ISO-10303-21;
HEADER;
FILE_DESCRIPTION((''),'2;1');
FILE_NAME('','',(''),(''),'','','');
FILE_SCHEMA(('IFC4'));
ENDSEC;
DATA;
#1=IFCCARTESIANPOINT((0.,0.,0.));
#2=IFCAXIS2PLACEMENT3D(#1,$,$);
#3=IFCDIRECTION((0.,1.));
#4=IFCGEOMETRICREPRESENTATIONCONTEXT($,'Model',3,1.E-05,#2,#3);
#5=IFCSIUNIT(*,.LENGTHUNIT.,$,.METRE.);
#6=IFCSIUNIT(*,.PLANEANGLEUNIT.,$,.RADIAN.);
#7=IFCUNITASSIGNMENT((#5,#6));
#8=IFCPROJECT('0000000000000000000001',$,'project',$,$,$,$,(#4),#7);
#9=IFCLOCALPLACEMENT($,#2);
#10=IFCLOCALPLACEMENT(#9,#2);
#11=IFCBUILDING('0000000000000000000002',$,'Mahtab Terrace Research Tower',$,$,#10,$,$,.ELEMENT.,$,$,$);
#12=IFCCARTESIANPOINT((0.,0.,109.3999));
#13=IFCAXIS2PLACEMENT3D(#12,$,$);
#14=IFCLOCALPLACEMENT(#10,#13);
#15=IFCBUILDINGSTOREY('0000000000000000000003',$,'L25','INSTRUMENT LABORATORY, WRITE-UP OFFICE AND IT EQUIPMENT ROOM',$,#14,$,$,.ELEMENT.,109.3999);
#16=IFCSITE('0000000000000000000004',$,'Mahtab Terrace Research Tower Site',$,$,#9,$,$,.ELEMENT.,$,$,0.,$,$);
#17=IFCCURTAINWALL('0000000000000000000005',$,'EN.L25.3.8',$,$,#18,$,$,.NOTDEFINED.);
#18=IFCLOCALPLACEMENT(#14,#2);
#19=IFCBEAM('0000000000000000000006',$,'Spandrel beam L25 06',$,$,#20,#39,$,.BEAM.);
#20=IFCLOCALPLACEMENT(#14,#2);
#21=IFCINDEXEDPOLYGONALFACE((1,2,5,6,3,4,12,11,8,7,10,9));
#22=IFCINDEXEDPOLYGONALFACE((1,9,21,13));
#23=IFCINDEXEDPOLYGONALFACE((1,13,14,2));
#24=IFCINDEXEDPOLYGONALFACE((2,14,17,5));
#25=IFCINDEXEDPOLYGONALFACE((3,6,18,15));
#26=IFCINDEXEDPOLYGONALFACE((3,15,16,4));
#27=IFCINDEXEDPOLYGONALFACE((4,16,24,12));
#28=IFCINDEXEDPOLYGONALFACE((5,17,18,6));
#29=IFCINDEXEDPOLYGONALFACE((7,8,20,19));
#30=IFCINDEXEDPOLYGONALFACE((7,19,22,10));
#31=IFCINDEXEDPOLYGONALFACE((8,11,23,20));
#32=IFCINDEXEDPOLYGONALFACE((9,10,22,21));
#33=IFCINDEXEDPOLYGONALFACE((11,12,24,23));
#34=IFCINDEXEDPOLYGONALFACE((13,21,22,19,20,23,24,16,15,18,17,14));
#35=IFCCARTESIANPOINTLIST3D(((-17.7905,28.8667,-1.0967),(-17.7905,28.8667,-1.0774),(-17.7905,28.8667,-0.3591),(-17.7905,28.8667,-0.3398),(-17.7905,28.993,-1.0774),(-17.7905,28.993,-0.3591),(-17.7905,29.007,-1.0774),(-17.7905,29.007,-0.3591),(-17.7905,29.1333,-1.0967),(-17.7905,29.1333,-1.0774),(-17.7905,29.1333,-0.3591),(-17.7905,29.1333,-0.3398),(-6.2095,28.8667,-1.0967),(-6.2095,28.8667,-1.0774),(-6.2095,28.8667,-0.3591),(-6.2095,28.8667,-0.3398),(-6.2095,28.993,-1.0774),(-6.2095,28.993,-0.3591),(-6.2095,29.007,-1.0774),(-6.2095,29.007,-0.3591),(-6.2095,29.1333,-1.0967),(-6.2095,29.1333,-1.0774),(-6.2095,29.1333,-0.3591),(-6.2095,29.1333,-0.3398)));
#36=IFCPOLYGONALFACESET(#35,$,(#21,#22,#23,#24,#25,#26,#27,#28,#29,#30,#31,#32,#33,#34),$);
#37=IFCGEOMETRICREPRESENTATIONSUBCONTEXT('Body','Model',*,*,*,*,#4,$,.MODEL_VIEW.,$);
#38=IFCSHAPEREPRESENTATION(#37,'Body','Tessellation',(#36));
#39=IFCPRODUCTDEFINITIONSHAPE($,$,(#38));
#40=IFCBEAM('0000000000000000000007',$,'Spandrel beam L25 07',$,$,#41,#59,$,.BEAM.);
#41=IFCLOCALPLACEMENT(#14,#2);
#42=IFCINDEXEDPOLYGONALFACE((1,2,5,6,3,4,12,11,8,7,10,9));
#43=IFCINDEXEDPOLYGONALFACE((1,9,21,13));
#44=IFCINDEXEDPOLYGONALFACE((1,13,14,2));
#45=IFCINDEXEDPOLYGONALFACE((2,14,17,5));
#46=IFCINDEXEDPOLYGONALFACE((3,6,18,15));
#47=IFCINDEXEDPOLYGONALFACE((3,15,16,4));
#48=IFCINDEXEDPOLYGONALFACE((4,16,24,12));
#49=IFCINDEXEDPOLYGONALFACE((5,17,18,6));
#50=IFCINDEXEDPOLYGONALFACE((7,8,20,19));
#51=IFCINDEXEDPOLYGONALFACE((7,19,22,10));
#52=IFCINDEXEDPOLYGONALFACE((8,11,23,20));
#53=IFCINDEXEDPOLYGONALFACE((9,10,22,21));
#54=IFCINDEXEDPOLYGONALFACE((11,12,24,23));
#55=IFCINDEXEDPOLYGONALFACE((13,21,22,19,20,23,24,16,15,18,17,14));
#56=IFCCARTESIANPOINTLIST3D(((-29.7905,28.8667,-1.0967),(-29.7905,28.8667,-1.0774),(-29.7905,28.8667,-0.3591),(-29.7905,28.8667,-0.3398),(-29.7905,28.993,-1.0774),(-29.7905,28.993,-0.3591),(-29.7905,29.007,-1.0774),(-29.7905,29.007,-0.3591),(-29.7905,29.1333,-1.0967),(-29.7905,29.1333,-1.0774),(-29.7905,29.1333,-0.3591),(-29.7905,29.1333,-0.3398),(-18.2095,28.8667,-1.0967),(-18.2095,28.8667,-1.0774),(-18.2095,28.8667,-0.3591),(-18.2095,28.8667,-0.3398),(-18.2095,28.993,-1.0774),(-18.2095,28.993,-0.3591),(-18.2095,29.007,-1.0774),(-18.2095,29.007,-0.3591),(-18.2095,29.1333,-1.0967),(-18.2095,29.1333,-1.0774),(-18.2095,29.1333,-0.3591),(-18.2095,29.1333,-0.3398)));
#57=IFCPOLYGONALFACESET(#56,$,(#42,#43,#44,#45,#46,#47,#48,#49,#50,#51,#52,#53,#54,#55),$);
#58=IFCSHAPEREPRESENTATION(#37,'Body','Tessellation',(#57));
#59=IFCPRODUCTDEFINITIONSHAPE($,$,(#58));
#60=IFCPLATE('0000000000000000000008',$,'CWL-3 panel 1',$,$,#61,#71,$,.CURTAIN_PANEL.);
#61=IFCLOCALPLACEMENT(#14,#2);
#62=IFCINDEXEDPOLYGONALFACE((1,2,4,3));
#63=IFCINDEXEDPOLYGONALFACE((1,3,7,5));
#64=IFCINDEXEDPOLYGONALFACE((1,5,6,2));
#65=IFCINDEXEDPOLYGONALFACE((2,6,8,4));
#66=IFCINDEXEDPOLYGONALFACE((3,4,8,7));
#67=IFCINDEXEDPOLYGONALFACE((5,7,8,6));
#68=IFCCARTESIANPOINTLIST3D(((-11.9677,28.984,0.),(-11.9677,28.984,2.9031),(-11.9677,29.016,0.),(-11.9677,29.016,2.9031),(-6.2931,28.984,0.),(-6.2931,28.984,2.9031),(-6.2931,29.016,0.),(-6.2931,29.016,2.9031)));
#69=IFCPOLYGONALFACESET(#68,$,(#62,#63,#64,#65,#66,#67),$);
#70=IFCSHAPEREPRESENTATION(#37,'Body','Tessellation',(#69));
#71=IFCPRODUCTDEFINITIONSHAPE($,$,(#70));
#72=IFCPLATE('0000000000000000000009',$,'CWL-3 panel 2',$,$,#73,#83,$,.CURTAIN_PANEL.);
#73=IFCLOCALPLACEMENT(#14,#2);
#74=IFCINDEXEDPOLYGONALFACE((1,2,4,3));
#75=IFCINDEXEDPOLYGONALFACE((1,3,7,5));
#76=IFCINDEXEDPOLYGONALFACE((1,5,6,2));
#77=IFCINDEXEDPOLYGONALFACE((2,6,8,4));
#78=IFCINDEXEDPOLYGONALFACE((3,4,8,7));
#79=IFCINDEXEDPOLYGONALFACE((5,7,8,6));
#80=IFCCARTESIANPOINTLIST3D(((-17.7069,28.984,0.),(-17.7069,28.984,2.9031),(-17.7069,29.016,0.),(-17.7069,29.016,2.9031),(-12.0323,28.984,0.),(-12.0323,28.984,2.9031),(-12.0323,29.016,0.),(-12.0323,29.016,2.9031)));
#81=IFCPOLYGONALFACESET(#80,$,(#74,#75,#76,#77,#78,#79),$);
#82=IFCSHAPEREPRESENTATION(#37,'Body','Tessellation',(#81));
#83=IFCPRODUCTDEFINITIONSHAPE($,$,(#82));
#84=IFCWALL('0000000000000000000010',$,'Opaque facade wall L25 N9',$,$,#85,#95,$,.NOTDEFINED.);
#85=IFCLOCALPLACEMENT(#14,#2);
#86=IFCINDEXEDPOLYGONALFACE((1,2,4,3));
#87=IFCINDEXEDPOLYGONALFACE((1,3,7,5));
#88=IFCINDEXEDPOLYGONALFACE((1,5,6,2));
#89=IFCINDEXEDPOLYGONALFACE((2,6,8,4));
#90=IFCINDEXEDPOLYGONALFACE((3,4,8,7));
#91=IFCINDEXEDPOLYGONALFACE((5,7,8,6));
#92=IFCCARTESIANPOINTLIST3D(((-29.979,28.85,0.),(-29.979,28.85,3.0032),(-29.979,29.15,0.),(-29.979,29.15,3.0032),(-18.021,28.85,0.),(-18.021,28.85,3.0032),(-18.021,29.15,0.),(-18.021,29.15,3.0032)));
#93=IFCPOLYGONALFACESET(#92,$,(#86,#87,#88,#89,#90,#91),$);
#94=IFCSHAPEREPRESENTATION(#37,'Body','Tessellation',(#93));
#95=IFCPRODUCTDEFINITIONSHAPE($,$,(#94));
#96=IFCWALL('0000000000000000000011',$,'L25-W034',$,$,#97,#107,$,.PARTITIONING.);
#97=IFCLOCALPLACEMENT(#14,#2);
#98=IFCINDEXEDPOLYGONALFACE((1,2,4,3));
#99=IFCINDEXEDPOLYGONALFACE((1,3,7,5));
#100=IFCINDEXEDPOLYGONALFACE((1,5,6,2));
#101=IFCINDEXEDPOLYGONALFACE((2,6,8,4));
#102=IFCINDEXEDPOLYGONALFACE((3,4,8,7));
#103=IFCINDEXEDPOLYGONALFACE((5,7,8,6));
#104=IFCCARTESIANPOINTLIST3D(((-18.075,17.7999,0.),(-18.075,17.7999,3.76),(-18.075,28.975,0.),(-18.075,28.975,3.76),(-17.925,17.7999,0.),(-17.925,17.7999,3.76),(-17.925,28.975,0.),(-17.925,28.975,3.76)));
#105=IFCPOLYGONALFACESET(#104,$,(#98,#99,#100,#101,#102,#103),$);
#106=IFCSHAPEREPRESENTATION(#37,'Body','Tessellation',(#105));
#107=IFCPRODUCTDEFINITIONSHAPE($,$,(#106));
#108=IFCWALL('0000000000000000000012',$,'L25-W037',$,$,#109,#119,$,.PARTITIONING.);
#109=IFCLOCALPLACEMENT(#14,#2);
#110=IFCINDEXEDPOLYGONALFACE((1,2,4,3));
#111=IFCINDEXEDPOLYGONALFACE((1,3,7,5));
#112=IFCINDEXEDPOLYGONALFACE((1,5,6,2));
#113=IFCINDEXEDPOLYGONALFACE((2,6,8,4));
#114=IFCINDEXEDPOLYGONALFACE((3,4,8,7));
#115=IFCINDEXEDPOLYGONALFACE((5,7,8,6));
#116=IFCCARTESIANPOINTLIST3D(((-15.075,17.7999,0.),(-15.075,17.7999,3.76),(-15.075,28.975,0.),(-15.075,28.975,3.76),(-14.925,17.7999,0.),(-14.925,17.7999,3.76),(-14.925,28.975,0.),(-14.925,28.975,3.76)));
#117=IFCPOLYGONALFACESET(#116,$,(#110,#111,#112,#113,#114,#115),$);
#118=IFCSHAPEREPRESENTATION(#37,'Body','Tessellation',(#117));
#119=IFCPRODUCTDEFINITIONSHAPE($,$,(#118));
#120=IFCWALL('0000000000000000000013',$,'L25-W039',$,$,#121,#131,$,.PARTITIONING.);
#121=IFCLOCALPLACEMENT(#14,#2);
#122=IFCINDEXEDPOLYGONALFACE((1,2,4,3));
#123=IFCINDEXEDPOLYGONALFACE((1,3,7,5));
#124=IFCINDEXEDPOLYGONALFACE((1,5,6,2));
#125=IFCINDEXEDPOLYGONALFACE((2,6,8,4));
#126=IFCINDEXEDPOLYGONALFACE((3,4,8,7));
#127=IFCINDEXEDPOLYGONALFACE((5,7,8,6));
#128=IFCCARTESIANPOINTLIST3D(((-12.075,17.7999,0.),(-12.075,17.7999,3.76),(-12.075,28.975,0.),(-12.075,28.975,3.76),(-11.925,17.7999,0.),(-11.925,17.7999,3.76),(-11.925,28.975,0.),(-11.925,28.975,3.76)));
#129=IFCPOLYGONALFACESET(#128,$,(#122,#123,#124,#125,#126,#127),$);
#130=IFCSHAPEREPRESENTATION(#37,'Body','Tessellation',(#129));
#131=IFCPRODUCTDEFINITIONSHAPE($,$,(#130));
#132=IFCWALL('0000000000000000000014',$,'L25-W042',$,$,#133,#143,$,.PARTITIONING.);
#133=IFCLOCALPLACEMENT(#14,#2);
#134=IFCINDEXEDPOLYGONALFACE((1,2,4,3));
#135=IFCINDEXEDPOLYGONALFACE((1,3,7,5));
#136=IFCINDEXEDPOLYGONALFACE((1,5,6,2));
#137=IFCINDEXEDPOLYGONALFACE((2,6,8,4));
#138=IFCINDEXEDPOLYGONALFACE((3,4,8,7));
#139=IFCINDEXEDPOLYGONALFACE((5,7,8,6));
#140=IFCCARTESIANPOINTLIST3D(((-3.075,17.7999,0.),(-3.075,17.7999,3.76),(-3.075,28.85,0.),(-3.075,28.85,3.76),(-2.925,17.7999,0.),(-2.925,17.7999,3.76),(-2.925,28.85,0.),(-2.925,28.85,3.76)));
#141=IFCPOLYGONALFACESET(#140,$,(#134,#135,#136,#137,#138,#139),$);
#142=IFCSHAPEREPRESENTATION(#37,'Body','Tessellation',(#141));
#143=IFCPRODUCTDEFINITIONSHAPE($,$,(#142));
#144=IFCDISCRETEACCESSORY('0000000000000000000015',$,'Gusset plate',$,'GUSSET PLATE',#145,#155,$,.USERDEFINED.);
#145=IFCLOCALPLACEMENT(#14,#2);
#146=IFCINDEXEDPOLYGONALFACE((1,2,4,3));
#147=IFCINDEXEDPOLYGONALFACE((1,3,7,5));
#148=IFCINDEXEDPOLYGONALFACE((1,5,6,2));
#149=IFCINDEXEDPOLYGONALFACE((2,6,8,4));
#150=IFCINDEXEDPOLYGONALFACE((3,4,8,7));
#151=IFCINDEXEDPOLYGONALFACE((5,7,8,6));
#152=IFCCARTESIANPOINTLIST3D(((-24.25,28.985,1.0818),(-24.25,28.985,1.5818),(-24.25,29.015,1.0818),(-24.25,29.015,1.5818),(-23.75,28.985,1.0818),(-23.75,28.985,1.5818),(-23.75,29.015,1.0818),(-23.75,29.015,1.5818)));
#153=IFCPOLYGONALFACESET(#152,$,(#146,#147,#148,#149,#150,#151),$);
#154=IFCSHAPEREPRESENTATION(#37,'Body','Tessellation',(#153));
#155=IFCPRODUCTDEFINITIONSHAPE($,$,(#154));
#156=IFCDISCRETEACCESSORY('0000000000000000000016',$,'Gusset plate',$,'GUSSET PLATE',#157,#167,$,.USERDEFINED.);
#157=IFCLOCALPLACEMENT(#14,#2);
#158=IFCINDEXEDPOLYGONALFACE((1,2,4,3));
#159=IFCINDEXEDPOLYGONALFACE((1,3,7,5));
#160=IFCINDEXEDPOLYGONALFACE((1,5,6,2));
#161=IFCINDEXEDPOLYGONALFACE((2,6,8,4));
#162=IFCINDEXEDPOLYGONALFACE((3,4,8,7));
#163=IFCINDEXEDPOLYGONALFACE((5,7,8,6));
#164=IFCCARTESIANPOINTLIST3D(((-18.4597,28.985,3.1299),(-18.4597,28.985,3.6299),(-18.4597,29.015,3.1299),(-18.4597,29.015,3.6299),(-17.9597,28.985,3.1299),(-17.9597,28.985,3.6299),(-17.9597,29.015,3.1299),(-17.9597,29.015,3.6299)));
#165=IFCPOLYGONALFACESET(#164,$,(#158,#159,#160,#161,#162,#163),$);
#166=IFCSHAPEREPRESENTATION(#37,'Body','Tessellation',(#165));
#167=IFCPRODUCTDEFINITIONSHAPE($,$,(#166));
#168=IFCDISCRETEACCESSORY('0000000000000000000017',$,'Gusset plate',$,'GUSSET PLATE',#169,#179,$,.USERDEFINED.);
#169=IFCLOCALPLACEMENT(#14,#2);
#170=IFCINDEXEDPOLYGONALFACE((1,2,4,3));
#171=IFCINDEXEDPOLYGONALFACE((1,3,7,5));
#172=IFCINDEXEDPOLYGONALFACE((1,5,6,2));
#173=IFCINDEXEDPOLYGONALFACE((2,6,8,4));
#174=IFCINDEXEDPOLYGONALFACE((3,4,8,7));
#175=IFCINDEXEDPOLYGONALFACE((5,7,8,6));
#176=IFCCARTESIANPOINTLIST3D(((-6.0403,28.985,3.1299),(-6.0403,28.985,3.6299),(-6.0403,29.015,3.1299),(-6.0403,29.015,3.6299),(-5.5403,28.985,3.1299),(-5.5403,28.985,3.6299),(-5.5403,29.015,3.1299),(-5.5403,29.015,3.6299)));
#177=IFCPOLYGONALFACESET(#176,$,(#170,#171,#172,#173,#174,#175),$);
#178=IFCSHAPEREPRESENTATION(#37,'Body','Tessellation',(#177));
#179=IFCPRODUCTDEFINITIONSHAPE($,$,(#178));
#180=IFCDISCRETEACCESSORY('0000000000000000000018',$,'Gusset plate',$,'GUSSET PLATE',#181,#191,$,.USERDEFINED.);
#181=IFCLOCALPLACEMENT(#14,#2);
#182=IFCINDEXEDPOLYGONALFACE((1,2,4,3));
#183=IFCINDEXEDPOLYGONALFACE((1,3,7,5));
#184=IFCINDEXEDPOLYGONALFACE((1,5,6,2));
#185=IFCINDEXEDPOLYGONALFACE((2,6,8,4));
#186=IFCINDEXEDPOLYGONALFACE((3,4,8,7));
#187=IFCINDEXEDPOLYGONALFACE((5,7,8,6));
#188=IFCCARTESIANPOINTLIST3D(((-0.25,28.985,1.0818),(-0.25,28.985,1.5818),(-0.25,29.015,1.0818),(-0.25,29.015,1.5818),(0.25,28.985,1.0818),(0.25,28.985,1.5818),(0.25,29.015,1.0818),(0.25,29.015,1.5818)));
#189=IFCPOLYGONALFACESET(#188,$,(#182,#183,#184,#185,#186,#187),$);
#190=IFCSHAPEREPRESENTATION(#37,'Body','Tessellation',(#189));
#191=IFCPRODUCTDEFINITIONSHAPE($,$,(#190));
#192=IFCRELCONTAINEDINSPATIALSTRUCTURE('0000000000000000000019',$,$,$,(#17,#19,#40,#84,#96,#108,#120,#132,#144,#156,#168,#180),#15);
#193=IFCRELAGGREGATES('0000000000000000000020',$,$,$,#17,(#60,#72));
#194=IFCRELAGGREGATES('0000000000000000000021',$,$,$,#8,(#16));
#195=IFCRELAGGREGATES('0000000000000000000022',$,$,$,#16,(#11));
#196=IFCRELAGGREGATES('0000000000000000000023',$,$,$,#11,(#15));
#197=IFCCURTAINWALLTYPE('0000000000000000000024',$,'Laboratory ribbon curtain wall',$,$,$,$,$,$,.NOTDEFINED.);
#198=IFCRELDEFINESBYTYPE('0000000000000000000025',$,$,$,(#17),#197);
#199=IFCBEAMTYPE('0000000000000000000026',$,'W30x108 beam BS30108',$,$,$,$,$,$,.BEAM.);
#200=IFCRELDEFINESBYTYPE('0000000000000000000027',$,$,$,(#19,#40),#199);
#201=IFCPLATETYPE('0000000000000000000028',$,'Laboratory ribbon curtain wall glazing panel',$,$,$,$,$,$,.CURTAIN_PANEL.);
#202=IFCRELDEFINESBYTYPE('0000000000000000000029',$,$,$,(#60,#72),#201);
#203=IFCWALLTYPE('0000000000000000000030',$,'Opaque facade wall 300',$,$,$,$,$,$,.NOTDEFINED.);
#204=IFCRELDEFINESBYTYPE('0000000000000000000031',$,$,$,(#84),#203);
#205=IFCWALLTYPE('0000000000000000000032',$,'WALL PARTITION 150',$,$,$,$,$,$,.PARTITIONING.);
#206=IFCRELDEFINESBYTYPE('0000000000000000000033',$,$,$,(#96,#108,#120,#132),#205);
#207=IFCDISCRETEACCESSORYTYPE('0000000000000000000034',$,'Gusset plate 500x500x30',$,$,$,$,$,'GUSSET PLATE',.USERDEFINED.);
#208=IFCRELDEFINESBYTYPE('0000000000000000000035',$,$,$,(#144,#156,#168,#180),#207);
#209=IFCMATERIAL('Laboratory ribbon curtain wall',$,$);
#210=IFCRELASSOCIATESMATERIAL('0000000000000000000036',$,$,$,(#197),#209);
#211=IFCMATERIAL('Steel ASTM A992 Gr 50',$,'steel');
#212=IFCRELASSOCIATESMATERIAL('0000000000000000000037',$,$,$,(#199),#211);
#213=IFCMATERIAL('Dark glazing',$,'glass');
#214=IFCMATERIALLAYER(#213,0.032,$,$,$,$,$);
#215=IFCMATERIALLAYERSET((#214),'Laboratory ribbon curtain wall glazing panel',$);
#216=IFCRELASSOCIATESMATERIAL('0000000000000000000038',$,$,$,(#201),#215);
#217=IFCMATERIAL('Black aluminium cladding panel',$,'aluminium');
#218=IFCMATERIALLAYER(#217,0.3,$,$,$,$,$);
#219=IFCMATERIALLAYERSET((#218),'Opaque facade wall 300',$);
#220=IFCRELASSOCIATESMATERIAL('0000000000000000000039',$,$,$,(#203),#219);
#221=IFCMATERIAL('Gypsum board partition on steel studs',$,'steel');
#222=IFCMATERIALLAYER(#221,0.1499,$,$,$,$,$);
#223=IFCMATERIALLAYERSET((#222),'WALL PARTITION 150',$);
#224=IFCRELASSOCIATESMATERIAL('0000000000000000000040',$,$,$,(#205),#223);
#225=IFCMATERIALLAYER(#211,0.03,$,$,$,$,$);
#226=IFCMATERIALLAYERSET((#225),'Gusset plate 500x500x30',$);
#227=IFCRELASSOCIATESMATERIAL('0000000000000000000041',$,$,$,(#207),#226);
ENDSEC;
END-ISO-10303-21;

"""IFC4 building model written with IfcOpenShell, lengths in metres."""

from ifc_helpers import new_model, si_unit, direction, frame, frame_2d, origin, origin_2d, place, context, subcontext, project, spatial, rectangle, i_section, extrude, material, layer, layer_set, material_profile, profile_set, type_object, element, aggregate, save


model = new_model("IFC4")

# Units and contexts
model_context = context("Model", 3, precision=1e-05, world=origin(), true_north=direction((0.0, 1.0)))
body_context = subcontext(model_context, "Body", "Model", "MODEL_VIEW")
ifc_project = project(units=[si_unit("LENGTHUNIT", "METRE"), si_unit("PLANEANGLEUNIT", "RADIAN")], contexts=[model_context])

# Site, building, storey
site_placement = place(None, origin())
site = spatial("IfcSite", under=ifc_project, at=site_placement, Name="Mahtab Terrace Research Tower Site", CompositionType="ELEMENT", RefElevation=0.0)
building_placement = place(site_placement, origin())
building = spatial("IfcBuilding", under=site, at=building_placement, Name="Mahtab Terrace Research Tower", CompositionType="ELEMENT")
storey_placement = place(building_placement, frame((0.0, 0.0, 109.3999)))
storey = spatial("IfcBuildingStorey", under=building, at=storey_placement, Name="L25", Description="INSTRUMENT LABORATORY, WRITE-UP OFFICE AND IT EQUIPMENT ROOM", CompositionType="ELEMENT", Elevation=109.3999)

# Shared definitions
ifc_material_1 = material(Name="Steel ASTM A992 Gr 50", Category="steel")

# Curtain wall
ifc_material_2 = material(Name="Laboratory ribbon curtain wall")
curtain_wall_type = type_object("IfcCurtainWallType", Name="Laboratory ribbon curtain wall", PredefinedType="NOTDEFINED", material=ifc_material_2)
curtain_wall_placement = place(storey_placement, origin())
curtain_wall = element("IfcCurtainWall", 1, at=curtain_wall_placement, inside=storey, type_object=curtain_wall_type, Name="EN.L25.3.8", PredefinedType="NOTDEFINED")

# Beams
ifc_material_profile_1 = material_profile(ifc_material_1, i_section(OverallWidth=0.2666, OverallDepth=0.7568, WebThickness=0.0139, FlangeThickness=0.0193, at=origin_2d()), Name="W30X108")
ifc_profile_set_1 = profile_set([ifc_material_profile_1], Name="Steel ASTM A992 Gr 50")
beam_type = type_object("IfcBeamType", Name="W30x108 beam BS30108", PredefinedType="BEAM", material=ifc_profile_set_1)
for number, where, z_axis, x_axis, name in (
    (2, (-6.2095, 29.0, -0.7183), (-1.0, 0.0, 0.0), (0.0, -1.0, 0.0), "Spandrel beam L25 06"),
    (3, (-18.2095, 29.0, -0.7183), (-1.0, 0.0, 0.0), (0.0, -1.0, 0.0), "Spandrel beam L25 07"),
):
    element("IfcBeam", number, at=place(storey_placement, frame(where, z_axis=z_axis, x_axis=x_axis)), inside=storey, type_object=beam_type, Name=name, PredefinedType="BEAM", context=body_context, shape_type="SweptSolid", body=[
        extrude(i_section(OverallWidth=0.2666, OverallDepth=0.7568, WebThickness=0.0139, FlangeThickness=0.0193, at=origin_2d()), origin(), (0.0, 0.0, 1.0), 11.5811),
    ])

# Plates
ifc_material_3 = material(Name="Dark glazing", Category="glass")
ifc_layer_1 = layer(ifc_material_3, 0.032)
ifc_layer_set_1 = layer_set([ifc_layer_1], Name="Laboratory ribbon curtain wall glazing panel")
plate_type = type_object("IfcPlateType", Name="Laboratory ribbon curtain wall glazing panel", PredefinedType="CURTAIN_PANEL", material=ifc_layer_set_1)
plate_1_placement = place(storey_placement, frame((-9.1304, 29.0, 0.0), z_axis=(0.0, 0.0, 1.0), x_axis=(-1.0, 0.0, 0.0)))
plate_1 = element("IfcPlate", 4, at=plate_1_placement, type_object=plate_type, Name="CWL-3 panel 1", PredefinedType="CURTAIN_PANEL", context=body_context, shape_type="SweptSolid", body=[
    extrude(rectangle(XDim=5.6746, YDim=0.032, at=origin_2d()), origin(), (0.0, 0.0, 1.0), 2.9031),
])
plate_2_placement = place(storey_placement, frame((-14.8696, 29.0, 0.0), z_axis=(0.0, 0.0, 1.0), x_axis=(-1.0, 0.0, 0.0)))
plate_2 = element("IfcPlate", 5, at=plate_2_placement, type_object=plate_type, Name="CWL-3 panel 2", PredefinedType="CURTAIN_PANEL", context=body_context, shape_type="SweptSolid", body=[
    extrude(rectangle(XDim=5.6746, YDim=0.032, at=origin_2d()), origin(), (0.0, 0.0, 1.0), 2.9031),
])
aggregate(curtain_wall, [plate_1, plate_2])

# Walls
ifc_material_4 = material(Name="Black aluminium cladding panel", Category="aluminium")
ifc_layer_2 = layer(ifc_material_4, 0.3)
ifc_layer_set_2 = layer_set([ifc_layer_2], Name="Opaque facade wall 300")
wall_type_1 = type_object("IfcWallType", Name="Opaque facade wall 300", PredefinedType="NOTDEFINED", material=ifc_layer_set_2)
wall_1_placement = place(storey_placement, frame((-18.021, 29.0, 0.0), z_axis=(0.0, 0.0, 1.0), x_axis=(-1.0, 0.0, 0.0)))
element("IfcWall", 6, at=wall_1_placement, inside=storey, type_object=wall_type_1, Name="Opaque facade wall L25 N9", PredefinedType="NOTDEFINED", context=body_context, shape_type="SweptSolid", body=[
    extrude(rectangle(XDim=11.958, YDim=0.3, at=frame_2d((5.979, 0.0))), origin(), (0.0, 0.0, 1.0), 3.0032),
])
ifc_material_5 = material(Name="Gypsum board partition on steel studs", Category="steel")
ifc_layer_3 = layer(ifc_material_5, 0.1499)
ifc_layer_set_3 = layer_set([ifc_layer_3], Name="WALL PARTITION 150")
wall_type_2 = type_object("IfcWallType", Name="WALL PARTITION 150", PredefinedType="PARTITIONING", material=ifc_layer_set_3)
for number, where, z_axis, x_axis, name in (
    (7, (-18.0, 17.8, 0.0), (0.0, 0.0, 1.0), (0.0, 1.0, 0.0), "L25-W034"),
    (8, (-15.0, 17.8, 0.0), (0.0, 0.0, 1.0), (0.0, 1.0, 0.0), "L25-W037"),
    (9, (-12.0, 17.8, 0.0), (0.0, 0.0, 1.0), (0.0, 1.0, 0.0), "L25-W039"),
):
    element("IfcWall", number, at=place(storey_placement, frame(where, z_axis=z_axis, x_axis=x_axis)), inside=storey, type_object=wall_type_2, Name=name, PredefinedType="PARTITIONING", context=body_context, shape_type="SweptSolid", body=[
        extrude(rectangle(XDim=11.175, YDim=0.1499, at=frame_2d((5.5874, 0.0))), origin(), (0.0, 0.0, 1.0), 3.76),
    ])
wall_2_placement = place(storey_placement, frame((-3.0, 17.8, 0.0), z_axis=(0.0, 0.0, 1.0), x_axis=(0.0, 1.0, 0.0)))
element("IfcWall", 10, at=wall_2_placement, inside=storey, type_object=wall_type_2, Name="L25-W042", PredefinedType="PARTITIONING", context=body_context, shape_type="SweptSolid", body=[
    extrude(rectangle(XDim=11.05, YDim=0.1499, at=frame_2d((5.5249, 0.0))), origin(), (0.0, 0.0, 1.0), 3.76),
])

# Discrete accessories
ifc_layer_4 = layer(ifc_material_1, 0.03)
ifc_layer_set_4 = layer_set([ifc_layer_4], Name="Gusset plate 500x500x30")
discrete_accessory_type = type_object("IfcDiscreteAccessoryType", Name="Gusset plate 500x500x30", ElementType="GUSSET PLATE", PredefinedType="USERDEFINED", material=ifc_layer_set_4)
for number, where, z_axis, x_axis, name in (
    (11, (-24.0, 29.0, 1.0818), (0.0, 0.0, 1.0), (1.0, 0.0, 0.0), "Gusset plate"),
    (12, (-18.2097, 29.0, 3.1299), (0.0, 0.0, 1.0), (1.0, 0.0, 0.0), "Gusset plate"),
    (13, (-5.7903, 29.0, 3.1299), (0.0, 0.0, 1.0), (1.0, 0.0, 0.0), "Gusset plate"),
    (14, (0.0, 29.0, 1.0818), (0.0, 0.0, 1.0), (1.0, 0.0, 0.0), "Gusset plate"),
):
    element("IfcDiscreteAccessory", number, at=place(storey_placement, frame(where, z_axis=z_axis, x_axis=x_axis)), inside=storey, type_object=discrete_accessory_type, Name=name, ObjectType="GUSSET PLATE", PredefinedType="USERDEFINED", context=body_context, shape_type="SweptSolid", body=[
        extrude(rectangle(XDim=0.5, YDim=0.03, at=origin_2d()), origin(), (0.0, 0.0, 1.0), 0.5),
    ])

save(model, "model.ifc")
